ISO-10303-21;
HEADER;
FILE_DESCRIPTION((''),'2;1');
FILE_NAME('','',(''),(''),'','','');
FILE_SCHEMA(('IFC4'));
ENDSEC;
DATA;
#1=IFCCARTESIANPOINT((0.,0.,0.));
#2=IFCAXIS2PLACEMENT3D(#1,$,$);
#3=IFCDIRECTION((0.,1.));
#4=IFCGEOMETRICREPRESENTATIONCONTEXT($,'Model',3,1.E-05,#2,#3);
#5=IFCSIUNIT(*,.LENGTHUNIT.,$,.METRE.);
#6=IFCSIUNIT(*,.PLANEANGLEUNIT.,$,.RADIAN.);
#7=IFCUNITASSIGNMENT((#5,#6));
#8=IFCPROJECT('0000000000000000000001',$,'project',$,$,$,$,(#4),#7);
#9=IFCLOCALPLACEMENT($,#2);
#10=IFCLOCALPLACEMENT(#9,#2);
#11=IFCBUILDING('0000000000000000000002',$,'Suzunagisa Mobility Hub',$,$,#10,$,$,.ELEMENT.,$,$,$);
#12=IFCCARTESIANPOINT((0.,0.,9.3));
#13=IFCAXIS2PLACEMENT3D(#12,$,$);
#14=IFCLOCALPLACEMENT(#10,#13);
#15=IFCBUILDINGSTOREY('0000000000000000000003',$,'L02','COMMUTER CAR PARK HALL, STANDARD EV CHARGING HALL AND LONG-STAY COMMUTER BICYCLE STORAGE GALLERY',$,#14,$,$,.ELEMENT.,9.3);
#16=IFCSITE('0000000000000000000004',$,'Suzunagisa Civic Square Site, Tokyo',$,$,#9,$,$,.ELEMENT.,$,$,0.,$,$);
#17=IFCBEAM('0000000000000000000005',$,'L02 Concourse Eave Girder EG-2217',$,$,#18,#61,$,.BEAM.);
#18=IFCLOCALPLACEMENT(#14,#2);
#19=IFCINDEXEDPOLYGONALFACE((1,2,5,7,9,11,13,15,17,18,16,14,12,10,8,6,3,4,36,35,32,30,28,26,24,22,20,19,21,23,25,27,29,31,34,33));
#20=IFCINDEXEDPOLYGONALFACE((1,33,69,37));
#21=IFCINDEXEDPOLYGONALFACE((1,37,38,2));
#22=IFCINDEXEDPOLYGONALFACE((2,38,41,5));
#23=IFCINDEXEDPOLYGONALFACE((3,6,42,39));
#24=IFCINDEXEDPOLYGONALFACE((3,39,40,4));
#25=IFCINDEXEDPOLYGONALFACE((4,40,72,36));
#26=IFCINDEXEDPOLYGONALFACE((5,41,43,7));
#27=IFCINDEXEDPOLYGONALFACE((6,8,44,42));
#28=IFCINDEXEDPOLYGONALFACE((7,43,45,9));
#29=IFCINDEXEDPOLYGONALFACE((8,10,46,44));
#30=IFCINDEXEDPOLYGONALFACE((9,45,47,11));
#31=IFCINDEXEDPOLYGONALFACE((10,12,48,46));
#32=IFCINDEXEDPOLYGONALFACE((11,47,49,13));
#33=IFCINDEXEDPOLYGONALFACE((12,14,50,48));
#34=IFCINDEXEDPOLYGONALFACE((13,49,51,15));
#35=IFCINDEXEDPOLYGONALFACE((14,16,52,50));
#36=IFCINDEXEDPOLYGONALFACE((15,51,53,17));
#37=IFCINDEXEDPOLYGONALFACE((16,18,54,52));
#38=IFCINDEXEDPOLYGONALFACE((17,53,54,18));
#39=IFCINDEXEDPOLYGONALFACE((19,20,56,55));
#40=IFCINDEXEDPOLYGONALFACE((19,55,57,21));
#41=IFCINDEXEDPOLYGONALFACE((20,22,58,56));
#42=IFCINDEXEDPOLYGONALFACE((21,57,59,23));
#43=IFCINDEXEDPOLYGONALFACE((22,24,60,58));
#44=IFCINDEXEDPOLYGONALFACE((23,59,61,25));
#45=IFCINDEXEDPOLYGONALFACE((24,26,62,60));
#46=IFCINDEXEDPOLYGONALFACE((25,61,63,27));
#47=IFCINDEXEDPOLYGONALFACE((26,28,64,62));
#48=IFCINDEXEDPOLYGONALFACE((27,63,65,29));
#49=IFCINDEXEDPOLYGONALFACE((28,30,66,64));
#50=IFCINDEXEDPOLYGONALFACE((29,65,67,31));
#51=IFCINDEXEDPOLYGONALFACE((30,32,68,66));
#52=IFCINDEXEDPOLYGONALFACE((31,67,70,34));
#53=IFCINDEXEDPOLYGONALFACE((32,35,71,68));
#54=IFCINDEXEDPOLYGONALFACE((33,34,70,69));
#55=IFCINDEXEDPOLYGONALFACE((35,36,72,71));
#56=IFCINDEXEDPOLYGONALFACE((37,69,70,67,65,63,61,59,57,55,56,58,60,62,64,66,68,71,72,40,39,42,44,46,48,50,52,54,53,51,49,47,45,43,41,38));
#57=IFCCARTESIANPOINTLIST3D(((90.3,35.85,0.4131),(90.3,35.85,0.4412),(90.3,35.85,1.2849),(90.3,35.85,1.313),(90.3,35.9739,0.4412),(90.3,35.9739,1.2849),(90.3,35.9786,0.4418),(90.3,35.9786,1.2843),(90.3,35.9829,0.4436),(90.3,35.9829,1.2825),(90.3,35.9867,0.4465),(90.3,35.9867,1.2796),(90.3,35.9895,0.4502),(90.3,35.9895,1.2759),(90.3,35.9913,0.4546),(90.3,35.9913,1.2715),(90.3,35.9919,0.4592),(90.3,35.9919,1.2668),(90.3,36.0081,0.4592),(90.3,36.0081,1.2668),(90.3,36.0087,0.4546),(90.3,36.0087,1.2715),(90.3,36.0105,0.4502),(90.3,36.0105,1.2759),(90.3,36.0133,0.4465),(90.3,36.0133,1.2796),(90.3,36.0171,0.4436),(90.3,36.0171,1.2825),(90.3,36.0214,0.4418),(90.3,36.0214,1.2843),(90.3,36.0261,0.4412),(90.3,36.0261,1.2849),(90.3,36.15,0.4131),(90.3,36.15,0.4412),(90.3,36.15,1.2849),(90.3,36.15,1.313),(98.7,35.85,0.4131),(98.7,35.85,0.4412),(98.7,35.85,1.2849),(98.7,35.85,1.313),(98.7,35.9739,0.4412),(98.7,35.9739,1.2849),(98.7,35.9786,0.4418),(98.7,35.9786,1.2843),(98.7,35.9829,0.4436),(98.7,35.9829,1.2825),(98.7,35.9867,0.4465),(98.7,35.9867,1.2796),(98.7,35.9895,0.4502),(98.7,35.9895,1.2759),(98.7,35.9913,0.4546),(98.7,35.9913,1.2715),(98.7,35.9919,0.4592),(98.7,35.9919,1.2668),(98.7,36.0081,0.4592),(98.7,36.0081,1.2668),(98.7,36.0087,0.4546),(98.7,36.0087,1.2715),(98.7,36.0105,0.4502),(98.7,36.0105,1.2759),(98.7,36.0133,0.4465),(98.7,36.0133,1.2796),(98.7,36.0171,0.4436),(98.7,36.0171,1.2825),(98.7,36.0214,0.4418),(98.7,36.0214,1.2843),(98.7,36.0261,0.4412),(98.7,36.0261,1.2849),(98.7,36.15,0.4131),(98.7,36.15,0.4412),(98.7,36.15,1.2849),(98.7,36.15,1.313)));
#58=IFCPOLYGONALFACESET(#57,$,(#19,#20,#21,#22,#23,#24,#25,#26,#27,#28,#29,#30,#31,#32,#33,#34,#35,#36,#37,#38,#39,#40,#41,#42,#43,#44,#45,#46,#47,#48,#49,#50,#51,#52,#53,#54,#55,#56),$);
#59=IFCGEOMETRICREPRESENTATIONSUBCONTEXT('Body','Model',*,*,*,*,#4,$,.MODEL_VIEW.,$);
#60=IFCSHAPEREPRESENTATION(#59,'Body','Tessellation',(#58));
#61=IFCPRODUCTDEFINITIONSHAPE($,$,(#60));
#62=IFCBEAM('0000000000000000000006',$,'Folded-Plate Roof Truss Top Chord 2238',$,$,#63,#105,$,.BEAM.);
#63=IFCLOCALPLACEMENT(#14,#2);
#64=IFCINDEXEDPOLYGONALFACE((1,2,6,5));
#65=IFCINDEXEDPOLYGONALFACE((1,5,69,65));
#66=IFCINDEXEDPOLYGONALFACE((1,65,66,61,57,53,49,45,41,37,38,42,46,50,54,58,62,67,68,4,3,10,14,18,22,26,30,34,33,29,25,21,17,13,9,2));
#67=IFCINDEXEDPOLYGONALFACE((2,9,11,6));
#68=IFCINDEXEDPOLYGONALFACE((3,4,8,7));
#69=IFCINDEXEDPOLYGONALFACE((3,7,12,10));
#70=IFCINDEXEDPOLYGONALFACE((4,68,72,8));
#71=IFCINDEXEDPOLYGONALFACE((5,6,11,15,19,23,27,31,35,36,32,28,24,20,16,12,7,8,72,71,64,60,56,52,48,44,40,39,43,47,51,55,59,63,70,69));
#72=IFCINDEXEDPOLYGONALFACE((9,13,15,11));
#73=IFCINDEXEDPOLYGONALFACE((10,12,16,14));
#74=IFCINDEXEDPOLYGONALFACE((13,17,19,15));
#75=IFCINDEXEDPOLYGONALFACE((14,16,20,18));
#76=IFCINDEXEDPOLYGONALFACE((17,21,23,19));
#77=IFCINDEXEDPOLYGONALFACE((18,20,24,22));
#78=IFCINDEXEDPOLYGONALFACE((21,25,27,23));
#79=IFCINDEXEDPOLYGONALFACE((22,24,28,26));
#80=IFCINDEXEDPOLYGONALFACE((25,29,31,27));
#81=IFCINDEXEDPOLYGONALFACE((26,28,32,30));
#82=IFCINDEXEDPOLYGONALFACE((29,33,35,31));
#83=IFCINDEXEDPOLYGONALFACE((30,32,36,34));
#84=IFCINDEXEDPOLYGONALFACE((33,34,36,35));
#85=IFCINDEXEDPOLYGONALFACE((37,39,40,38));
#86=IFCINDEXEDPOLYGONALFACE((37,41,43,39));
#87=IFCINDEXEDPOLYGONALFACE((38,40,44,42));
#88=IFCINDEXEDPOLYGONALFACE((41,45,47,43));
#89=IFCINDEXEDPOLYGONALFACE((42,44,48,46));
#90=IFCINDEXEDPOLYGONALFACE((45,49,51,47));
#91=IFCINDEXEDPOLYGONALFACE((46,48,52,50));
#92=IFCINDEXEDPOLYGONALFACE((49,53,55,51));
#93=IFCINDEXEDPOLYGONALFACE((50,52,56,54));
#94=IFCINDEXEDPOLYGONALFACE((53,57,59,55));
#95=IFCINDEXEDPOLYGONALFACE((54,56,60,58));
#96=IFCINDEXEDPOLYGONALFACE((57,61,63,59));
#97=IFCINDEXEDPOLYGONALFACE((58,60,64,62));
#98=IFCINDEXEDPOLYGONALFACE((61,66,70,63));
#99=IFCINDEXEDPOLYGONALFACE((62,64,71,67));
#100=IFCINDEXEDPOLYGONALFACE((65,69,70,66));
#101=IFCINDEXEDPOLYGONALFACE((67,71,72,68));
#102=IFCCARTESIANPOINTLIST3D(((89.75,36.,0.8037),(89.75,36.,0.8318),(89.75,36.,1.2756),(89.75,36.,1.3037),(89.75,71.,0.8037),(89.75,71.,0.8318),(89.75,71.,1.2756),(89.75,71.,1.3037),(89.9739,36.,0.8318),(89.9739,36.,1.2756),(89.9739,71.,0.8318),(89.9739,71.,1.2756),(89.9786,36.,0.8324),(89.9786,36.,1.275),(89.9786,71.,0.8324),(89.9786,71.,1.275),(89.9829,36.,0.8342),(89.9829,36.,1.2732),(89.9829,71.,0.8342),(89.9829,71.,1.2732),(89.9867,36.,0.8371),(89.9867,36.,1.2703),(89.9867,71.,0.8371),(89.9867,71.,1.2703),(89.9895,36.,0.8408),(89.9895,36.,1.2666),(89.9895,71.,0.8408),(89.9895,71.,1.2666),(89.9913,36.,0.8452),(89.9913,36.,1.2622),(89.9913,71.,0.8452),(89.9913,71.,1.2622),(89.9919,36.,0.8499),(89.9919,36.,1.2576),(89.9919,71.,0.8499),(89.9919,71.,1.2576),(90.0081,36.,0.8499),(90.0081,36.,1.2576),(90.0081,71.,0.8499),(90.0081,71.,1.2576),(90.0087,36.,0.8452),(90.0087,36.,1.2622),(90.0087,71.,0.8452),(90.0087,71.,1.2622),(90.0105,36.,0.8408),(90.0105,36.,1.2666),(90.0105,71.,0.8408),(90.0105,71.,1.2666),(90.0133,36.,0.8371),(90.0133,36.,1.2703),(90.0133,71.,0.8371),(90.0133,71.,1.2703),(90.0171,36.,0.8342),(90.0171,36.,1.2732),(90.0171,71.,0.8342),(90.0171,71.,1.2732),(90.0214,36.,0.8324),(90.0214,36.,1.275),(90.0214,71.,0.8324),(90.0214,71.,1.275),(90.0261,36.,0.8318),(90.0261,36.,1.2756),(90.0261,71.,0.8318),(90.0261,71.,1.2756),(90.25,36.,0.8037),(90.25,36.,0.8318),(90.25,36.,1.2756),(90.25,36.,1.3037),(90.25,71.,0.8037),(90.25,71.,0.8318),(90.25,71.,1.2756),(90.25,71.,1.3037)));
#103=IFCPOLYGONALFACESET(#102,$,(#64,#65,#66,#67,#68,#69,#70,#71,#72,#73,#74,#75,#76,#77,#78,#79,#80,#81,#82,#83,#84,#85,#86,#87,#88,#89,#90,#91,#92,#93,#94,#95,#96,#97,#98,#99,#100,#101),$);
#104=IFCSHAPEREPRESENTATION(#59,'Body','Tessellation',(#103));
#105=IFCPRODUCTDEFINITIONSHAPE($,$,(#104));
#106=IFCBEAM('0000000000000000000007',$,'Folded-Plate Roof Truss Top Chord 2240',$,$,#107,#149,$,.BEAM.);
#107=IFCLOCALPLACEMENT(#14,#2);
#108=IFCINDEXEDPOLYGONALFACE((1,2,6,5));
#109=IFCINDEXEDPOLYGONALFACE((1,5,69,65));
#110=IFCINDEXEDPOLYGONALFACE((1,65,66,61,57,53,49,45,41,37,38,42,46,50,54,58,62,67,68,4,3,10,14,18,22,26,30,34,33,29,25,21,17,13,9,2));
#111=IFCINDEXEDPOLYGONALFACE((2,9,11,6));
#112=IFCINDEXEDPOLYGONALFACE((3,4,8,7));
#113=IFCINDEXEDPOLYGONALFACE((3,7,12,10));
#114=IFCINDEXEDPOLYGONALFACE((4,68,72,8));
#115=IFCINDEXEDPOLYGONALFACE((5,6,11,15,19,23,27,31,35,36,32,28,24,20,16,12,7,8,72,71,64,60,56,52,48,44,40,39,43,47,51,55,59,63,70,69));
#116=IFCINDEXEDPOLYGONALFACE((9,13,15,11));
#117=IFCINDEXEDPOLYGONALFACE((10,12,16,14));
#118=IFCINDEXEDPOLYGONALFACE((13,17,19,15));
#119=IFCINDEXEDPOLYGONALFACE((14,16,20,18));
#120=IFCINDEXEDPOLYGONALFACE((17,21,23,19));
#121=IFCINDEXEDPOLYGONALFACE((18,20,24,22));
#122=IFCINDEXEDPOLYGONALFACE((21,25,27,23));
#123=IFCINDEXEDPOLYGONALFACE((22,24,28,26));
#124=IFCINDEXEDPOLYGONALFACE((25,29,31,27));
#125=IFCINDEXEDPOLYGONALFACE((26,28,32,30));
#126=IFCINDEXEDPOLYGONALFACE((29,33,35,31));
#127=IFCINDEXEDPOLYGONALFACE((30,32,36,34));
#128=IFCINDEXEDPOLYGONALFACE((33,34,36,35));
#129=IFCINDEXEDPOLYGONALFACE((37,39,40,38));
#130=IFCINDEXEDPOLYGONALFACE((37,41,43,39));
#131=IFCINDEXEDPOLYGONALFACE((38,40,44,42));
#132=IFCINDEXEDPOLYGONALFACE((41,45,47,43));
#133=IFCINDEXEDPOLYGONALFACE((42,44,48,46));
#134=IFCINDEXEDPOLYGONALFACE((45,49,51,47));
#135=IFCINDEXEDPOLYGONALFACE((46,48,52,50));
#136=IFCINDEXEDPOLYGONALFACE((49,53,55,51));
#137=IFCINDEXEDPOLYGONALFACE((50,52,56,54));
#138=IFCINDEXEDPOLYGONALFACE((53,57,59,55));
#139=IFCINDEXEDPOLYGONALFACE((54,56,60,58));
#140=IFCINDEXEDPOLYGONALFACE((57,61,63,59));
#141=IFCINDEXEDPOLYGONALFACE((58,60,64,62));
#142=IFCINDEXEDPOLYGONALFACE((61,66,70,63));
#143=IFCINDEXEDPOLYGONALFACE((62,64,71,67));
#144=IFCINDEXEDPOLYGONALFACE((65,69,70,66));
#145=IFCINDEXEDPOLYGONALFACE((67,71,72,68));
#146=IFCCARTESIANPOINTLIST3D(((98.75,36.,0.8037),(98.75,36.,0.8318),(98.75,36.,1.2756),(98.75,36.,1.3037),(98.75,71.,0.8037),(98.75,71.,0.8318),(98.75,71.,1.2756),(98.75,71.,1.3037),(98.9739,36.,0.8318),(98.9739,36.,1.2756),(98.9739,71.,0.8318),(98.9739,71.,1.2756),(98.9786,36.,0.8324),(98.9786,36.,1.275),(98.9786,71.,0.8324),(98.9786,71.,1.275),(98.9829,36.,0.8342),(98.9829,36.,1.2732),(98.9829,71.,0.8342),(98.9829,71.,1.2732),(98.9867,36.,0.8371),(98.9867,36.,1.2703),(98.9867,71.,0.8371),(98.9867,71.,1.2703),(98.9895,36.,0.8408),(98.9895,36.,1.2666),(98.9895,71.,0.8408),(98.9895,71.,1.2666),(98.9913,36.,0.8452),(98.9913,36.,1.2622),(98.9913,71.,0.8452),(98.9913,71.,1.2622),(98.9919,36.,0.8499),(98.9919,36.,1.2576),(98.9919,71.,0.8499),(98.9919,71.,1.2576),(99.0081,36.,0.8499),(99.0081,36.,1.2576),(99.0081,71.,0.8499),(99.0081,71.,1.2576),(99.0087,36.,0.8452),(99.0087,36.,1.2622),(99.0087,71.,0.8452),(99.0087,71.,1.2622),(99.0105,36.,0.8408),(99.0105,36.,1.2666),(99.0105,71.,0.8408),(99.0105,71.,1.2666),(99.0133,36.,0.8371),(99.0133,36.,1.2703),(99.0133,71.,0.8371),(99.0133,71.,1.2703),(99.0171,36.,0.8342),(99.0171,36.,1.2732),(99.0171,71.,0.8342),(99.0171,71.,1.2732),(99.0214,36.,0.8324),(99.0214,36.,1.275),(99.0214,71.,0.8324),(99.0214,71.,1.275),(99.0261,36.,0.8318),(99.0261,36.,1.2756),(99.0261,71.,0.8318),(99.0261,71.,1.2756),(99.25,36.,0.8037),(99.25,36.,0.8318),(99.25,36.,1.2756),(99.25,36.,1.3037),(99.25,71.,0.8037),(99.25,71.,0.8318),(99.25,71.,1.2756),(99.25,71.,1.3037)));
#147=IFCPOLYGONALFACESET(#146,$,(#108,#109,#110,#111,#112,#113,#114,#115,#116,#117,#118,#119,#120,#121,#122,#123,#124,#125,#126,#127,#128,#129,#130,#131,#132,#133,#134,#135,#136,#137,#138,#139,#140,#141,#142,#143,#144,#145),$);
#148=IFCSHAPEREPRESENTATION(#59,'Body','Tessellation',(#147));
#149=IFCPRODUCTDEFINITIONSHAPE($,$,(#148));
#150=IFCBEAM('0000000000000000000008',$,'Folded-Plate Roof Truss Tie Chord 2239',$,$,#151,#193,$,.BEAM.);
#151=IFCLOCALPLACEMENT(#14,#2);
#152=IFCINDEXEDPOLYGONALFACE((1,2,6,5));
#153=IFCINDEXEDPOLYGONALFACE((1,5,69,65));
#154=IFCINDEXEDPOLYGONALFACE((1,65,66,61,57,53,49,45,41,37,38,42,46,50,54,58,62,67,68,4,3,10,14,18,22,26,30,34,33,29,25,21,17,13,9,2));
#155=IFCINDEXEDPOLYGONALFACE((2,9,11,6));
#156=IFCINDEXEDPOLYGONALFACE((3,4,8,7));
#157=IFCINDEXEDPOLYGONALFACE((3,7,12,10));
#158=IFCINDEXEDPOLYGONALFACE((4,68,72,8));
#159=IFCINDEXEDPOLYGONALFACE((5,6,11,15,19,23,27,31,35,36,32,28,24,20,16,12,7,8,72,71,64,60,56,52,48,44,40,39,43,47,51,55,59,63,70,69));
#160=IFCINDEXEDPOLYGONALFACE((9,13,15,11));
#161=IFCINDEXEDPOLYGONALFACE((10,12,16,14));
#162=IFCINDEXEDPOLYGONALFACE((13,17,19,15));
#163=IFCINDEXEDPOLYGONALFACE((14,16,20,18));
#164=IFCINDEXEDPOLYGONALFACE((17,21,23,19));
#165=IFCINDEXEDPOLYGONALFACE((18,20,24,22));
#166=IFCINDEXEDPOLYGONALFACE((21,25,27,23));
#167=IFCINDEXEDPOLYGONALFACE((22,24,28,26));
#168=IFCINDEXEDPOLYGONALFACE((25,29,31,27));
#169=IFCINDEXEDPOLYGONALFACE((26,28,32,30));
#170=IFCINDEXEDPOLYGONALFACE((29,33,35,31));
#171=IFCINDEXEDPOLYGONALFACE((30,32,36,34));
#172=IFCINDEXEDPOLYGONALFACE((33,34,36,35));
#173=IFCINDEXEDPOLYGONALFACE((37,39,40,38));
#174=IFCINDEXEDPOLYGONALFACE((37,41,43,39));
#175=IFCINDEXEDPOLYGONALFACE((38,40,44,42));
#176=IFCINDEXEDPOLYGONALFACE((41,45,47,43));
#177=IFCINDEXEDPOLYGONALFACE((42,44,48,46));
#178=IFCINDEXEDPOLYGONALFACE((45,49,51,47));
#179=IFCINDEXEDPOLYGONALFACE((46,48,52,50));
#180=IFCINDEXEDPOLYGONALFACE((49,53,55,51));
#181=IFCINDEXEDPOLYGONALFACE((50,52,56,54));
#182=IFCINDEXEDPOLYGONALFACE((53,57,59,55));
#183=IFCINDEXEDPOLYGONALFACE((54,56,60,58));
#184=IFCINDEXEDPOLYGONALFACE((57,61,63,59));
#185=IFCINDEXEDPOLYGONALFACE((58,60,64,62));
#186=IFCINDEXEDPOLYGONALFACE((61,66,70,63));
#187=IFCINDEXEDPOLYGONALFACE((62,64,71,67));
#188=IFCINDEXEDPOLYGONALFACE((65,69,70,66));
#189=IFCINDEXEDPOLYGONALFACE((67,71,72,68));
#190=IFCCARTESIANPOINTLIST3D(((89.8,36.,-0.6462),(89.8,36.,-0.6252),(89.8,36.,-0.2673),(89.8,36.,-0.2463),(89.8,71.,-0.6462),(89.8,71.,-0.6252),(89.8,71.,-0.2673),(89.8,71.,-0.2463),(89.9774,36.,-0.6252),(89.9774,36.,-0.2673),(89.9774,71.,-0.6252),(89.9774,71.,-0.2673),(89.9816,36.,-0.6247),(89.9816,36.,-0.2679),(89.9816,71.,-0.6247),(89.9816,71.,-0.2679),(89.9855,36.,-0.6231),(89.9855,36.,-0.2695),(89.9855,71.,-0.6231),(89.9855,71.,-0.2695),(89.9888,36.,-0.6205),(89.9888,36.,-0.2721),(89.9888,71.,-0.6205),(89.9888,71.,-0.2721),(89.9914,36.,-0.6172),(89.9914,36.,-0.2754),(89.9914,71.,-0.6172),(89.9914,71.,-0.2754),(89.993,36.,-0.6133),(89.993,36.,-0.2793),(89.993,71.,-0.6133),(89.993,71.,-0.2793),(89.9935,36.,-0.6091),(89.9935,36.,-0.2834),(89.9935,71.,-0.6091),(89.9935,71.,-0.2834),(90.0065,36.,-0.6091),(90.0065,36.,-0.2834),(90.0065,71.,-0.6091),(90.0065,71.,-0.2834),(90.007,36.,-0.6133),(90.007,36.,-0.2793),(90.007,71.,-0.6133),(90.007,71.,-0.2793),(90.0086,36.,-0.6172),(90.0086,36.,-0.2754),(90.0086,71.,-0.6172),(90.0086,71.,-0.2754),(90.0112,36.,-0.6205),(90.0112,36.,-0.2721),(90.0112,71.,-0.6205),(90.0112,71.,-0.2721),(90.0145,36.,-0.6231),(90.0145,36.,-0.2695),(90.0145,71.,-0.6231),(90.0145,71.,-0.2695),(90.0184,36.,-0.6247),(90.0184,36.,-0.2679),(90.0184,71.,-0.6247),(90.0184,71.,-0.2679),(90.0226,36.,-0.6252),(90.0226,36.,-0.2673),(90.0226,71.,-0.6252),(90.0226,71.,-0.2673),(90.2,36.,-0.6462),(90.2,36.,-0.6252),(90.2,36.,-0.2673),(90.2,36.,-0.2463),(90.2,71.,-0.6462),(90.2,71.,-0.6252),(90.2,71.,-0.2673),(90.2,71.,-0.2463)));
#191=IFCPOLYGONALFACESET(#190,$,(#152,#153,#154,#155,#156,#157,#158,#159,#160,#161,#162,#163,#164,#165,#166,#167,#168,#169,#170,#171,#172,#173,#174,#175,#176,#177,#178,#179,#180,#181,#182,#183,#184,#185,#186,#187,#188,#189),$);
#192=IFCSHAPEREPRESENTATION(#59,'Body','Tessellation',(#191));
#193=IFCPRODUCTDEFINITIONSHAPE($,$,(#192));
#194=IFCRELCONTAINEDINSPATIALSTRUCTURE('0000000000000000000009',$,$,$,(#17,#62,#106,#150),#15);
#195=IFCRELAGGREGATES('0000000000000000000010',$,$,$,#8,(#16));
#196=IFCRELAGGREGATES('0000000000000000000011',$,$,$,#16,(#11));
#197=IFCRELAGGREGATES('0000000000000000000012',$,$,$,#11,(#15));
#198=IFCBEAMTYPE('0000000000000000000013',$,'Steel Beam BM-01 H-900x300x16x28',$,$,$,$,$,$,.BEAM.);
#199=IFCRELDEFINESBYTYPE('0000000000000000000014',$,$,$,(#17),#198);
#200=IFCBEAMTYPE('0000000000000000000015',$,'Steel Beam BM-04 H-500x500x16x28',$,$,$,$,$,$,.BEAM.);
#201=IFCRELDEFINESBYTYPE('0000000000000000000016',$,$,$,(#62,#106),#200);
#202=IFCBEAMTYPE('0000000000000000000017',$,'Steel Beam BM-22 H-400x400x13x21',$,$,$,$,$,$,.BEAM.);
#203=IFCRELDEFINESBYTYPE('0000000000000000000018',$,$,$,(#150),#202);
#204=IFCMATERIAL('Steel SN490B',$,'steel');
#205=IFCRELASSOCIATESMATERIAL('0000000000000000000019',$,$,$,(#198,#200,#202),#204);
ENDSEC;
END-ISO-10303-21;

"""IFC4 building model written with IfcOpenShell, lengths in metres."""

from ifc_helpers import new_model, si_unit, direction, frame, origin, origin_2d, place, context, subcontext, project, spatial, i_section, extrude, material, material_profile, profile_set, type_object, element, save


model = new_model("IFC4")

# Units and contexts
model_context = context("Model", 3, precision=1e-05, world=origin(), true_north=direction((0.0, 1.0)))
body_context = subcontext(model_context, "Body", "Model", "MODEL_VIEW")
ifc_project = project(units=[si_unit("LENGTHUNIT", "METRE"), si_unit("PLANEANGLEUNIT", "RADIAN")], contexts=[model_context])

# Site, building, storey
site_placement = place(None, origin())
site = spatial("IfcSite", under=ifc_project, at=site_placement, Name="Suzunagisa Civic Square Site, Tokyo", CompositionType="ELEMENT", RefElevation=0.0)
building_placement = place(site_placement, origin())
building = spatial("IfcBuilding", under=site, at=building_placement, Name="Suzunagisa Mobility Hub", CompositionType="ELEMENT")
storey_placement = place(building_placement, frame((0.0, 0.0, 9.3)))
storey = spatial("IfcBuildingStorey", under=building, at=storey_placement, Name="L02", Description="COMMUTER CAR PARK HALL, STANDARD EV CHARGING HALL AND LONG-STAY COMMUTER BICYCLE STORAGE GALLERY", CompositionType="ELEMENT", Elevation=9.3)

# Shared definitions
ifc_material_1 = material(Name="Steel SN490B", Category="steel")

# Beams
ifc_material_profile_1 = material_profile(ifc_material_1, i_section(OverallWidth=0.3, OverallDepth=0.8999, WebThickness=0.0161, FlangeThickness=0.0281, FilletRadius=0.0181, at=origin_2d()), Name="H-900x300x16x28")
ifc_profile_set_1 = profile_set([ifc_material_profile_1], Name="Steel SN490B")
beam_type_1 = type_object("IfcBeamType", Name="Steel Beam BM-01 H-900x300x16x28", PredefinedType="BEAM", material=ifc_profile_set_1)
beam_placement = place(storey_placement, frame((90.3, 36.0, 0.863), z_axis=(1.0, 0.0, 0.0), x_axis=(0.0, 1.0, 0.0)))
element("IfcBeam", 1, at=beam_placement, inside=storey, type_object=beam_type_1, Name="L02 Concourse Eave Girder EG-2217", PredefinedType="BEAM", context=body_context, shape_type="SweptSolid", body=[
    extrude(i_section(OverallWidth=0.3, OverallDepth=0.8999, WebThickness=0.0161, FlangeThickness=0.0281, FilletRadius=0.0181, at=origin_2d()), origin(), (0.0, 0.0, 1.0), 8.3999),
])
ifc_material_profile_2 = material_profile(ifc_material_1, i_section(OverallWidth=0.5, OverallDepth=0.5, WebThickness=0.0161, FlangeThickness=0.0281, FilletRadius=0.0181, at=origin_2d()), Name="H-500x500x16x28")
ifc_profile_set_2 = profile_set([ifc_material_profile_2], Name="Steel SN490B")
beam_type_2 = type_object("IfcBeamType", Name="Steel Beam BM-04 H-500x500x16x28", PredefinedType="BEAM", material=ifc_profile_set_2)
for number, where, z_axis, x_axis, name in (
    (2, (90.0, 36.0, 1.0537), (0.0, 1.0, 0.0), (-1.0, 0.0, 0.0), "Folded-Plate Roof Truss Top Chord 2238"),
    (3, (99.0, 36.0, 1.0537), (0.0, 1.0, 0.0), (-1.0, 0.0, 0.0), "Folded-Plate Roof Truss Top Chord 2240"),
):
    element("IfcBeam", number, at=place(storey_placement, frame(where, z_axis=z_axis, x_axis=x_axis)), inside=storey, type_object=beam_type_2, Name=name, PredefinedType="BEAM", context=body_context, shape_type="SweptSolid", body=[
        extrude(i_section(OverallWidth=0.5, OverallDepth=0.5, WebThickness=0.0161, FlangeThickness=0.0281, FilletRadius=0.0181, at=origin_2d()), origin(), (0.0, 0.0, 1.0), 35.0),
    ])
ifc_material_profile_3 = material_profile(ifc_material_1, i_section(OverallWidth=0.3999, OverallDepth=0.3999, WebThickness=0.0129, FlangeThickness=0.021, FilletRadius=0.0161, at=origin_2d()), Name="H-400x400x13x21")
ifc_profile_set_3 = profile_set([ifc_material_profile_3], Name="Steel SN490B")
beam_type_3 = type_object("IfcBeamType", Name="Steel Beam BM-22 H-400x400x13x21", PredefinedType="BEAM", material=ifc_profile_set_3)
for number, where, z_axis, x_axis, name in (
    (4, (90.0, 36.0, -0.4463), (0.0, 1.0, 0.0), (-1.0, 0.0, 0.0), "Folded-Plate Roof Truss Tie Chord 2239"),
):
    element("IfcBeam", number, at=place(storey_placement, frame(where, z_axis=z_axis, x_axis=x_axis)), inside=storey, type_object=beam_type_3, Name=name, PredefinedType="BEAM", context=body_context, shape_type="SweptSolid", body=[
        extrude(i_section(OverallWidth=0.3999, OverallDepth=0.3999, WebThickness=0.0129, FlangeThickness=0.021, FilletRadius=0.0161, at=origin_2d()), origin(), (0.0, 0.0, 1.0), 35.0),
    ])

save(model, "model.ifc")
